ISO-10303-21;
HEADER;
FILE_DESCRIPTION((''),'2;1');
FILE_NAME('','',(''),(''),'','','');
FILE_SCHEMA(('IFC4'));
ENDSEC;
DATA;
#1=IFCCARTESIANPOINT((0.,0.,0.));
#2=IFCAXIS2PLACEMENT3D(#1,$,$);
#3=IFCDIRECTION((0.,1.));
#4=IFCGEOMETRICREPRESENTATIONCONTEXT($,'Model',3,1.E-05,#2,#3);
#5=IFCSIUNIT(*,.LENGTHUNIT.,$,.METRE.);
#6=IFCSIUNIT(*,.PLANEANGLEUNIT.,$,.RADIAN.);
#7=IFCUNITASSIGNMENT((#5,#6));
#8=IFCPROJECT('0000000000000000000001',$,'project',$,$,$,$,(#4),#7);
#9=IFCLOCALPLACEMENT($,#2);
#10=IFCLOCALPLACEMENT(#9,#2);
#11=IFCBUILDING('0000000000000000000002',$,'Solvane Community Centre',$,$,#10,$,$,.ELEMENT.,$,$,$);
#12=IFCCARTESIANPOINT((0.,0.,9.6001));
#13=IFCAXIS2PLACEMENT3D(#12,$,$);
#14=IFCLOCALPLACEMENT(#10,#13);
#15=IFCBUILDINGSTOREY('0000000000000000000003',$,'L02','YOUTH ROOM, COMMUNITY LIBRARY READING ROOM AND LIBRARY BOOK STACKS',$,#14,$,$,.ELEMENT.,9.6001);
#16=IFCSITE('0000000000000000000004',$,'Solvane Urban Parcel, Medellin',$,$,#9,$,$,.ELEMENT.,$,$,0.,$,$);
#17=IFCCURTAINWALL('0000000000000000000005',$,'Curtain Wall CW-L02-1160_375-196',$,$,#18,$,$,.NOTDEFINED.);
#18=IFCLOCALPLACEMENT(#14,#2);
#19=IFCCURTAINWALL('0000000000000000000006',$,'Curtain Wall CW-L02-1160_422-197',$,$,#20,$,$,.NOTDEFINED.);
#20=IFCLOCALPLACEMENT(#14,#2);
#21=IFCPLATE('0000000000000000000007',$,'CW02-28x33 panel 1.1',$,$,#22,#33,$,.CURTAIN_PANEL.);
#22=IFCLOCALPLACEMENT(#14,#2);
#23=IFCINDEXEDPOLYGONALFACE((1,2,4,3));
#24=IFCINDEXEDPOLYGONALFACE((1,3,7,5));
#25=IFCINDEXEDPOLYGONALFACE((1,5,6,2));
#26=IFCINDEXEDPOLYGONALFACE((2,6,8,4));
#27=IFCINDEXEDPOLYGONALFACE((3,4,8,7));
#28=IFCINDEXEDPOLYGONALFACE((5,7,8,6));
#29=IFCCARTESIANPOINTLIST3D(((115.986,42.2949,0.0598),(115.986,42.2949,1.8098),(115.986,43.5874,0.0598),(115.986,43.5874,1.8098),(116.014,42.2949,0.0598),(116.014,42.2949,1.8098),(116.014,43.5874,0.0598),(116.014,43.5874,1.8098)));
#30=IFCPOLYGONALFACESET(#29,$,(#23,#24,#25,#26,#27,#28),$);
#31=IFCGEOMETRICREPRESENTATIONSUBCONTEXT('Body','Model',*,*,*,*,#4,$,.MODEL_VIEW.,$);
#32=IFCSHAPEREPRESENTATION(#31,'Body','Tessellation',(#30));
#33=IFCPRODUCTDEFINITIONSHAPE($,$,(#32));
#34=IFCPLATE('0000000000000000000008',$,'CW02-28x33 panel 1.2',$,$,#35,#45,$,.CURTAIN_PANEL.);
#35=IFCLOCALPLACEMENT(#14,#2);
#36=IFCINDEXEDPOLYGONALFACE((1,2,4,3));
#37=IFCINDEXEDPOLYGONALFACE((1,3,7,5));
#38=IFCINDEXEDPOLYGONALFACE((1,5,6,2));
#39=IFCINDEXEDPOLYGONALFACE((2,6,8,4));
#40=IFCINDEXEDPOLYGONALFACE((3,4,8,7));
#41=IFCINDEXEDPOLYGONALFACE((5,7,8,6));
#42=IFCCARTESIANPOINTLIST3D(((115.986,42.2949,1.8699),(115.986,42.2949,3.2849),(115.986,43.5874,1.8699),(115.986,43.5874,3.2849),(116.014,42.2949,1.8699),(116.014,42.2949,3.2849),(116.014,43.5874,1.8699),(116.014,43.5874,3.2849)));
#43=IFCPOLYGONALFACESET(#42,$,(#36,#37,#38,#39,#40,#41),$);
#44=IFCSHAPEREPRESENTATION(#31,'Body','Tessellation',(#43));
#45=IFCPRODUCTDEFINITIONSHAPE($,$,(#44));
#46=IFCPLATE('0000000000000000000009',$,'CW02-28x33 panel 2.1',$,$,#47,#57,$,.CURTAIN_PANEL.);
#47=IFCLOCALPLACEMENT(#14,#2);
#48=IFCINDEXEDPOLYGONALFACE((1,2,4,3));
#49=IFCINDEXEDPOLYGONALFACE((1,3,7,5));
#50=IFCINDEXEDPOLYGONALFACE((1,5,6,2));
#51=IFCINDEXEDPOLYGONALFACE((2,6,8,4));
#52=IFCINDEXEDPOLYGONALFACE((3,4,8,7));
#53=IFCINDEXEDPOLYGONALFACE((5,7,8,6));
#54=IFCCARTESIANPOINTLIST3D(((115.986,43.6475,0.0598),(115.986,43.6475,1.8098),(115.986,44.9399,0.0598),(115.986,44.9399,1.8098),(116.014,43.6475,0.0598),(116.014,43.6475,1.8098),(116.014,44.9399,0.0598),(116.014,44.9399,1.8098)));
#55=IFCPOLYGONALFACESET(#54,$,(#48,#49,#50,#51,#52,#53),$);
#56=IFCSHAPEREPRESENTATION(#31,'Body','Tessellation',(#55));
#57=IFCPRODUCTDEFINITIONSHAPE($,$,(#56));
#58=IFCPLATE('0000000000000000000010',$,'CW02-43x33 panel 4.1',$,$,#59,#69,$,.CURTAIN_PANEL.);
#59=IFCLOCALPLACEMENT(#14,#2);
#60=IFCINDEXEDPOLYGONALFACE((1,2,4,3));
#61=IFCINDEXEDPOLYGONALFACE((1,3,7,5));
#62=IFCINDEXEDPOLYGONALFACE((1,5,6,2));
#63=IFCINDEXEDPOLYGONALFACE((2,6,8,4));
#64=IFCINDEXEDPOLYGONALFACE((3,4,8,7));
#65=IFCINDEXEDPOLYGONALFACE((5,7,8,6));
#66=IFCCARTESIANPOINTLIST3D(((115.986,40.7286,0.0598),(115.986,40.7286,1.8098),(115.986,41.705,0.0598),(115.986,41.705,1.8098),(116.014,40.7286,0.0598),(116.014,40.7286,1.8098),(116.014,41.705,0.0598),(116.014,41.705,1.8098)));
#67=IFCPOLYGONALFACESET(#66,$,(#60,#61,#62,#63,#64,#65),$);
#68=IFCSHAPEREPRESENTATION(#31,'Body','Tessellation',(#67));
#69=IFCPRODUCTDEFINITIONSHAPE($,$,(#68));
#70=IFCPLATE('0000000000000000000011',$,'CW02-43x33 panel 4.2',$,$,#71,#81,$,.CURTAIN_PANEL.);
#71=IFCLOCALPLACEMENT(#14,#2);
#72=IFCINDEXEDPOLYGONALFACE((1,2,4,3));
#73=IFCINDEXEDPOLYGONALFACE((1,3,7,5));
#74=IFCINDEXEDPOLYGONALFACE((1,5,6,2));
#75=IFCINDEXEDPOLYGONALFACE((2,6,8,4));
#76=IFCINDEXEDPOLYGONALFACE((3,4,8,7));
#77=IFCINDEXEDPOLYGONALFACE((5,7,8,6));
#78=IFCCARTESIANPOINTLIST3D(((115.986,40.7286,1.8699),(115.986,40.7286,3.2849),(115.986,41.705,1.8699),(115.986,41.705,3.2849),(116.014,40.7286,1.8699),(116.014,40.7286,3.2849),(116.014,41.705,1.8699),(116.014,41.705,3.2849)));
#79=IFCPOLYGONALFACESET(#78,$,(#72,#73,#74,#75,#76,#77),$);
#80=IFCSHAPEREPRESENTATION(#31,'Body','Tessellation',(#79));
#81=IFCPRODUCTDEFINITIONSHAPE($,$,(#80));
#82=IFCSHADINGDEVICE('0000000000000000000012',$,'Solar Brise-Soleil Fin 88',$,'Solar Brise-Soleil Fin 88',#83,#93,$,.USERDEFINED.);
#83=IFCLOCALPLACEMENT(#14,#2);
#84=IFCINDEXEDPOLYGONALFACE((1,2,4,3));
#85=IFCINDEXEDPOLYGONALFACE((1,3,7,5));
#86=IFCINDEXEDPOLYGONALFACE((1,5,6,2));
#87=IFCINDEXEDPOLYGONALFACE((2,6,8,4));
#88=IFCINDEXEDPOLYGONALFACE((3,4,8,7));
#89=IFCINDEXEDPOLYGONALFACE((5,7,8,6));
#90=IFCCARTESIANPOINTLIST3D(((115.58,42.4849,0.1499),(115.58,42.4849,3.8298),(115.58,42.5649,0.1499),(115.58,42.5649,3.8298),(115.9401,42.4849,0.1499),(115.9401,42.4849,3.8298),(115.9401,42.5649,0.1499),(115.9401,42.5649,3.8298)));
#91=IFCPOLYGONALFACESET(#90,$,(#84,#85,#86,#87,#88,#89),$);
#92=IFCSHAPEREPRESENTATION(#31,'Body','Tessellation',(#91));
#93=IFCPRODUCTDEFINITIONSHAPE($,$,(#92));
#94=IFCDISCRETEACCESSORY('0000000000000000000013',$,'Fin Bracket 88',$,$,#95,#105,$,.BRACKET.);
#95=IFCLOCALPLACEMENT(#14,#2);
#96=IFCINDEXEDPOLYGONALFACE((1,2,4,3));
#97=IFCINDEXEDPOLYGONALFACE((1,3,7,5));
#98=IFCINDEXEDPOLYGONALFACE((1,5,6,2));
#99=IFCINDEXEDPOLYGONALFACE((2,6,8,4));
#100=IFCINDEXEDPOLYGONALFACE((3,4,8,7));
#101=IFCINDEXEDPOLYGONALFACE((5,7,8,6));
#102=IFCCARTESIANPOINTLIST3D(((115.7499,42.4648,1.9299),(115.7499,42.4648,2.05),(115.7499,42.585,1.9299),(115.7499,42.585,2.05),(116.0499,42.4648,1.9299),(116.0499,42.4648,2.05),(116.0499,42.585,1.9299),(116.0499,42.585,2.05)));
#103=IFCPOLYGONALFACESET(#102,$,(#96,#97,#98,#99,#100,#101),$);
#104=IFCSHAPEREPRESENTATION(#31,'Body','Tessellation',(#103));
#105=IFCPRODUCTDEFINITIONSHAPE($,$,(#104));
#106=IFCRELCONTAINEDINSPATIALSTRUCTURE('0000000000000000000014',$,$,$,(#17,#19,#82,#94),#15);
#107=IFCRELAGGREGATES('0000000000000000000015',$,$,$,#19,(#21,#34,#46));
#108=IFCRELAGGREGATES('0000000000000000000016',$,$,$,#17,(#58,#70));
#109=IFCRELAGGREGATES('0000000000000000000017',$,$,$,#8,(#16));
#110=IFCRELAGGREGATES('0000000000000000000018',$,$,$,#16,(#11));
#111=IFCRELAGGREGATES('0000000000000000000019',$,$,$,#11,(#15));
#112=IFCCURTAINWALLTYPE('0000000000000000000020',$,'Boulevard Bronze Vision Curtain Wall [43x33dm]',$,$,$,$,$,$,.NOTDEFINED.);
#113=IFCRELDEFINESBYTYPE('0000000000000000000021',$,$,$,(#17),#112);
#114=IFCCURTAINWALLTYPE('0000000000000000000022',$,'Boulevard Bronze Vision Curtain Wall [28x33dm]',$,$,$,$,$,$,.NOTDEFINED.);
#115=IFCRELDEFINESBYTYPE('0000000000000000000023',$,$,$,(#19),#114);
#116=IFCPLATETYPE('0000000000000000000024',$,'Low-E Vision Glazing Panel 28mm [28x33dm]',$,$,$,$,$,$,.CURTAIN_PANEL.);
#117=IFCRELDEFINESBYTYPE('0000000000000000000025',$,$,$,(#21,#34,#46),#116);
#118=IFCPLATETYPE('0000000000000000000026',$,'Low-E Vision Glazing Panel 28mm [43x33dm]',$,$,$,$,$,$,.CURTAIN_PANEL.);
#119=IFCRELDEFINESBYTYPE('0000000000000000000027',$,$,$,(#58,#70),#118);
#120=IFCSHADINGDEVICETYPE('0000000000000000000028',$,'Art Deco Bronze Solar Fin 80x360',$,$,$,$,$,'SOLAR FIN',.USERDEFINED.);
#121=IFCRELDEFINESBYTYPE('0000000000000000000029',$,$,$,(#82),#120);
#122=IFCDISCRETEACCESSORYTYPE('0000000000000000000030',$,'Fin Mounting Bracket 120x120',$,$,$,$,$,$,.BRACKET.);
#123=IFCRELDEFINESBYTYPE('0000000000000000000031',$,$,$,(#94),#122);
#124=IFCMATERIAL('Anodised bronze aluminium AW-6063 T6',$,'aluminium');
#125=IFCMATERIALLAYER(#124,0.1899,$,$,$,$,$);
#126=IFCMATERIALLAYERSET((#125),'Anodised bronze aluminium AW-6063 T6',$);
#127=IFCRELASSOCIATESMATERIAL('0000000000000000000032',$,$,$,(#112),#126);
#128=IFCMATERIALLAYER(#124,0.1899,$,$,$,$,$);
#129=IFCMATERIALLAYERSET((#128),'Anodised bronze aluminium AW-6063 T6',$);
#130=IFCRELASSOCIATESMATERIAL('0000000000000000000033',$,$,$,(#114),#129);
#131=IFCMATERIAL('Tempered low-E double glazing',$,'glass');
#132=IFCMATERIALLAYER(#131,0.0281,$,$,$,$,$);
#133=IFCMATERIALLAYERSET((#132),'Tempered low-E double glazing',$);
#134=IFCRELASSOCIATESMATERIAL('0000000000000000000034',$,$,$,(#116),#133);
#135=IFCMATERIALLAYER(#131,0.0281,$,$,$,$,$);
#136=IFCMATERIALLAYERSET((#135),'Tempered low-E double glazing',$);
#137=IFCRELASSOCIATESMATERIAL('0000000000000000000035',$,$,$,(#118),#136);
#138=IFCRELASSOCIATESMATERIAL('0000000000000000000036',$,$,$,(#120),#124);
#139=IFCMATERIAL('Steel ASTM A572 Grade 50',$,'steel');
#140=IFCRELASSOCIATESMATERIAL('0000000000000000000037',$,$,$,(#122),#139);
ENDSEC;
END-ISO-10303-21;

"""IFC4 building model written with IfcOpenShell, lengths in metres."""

from ifc_helpers import new_model, si_unit, direction, frame, origin, origin_2d, place, context, subcontext, project, spatial, rectangle, extrude, material, layer, layer_set, type_object, element, aggregate, save


model = new_model("IFC4")

# Units and contexts
model_context = context("Model", 3, precision=1e-05, world=origin(), true_north=direction((0.0, 1.0)))
body_context = subcontext(model_context, "Body", "Model", "MODEL_VIEW")
ifc_project = project(units=[si_unit("LENGTHUNIT", "METRE"), si_unit("PLANEANGLEUNIT", "RADIAN")], contexts=[model_context])

# Site, building, storey
site_placement = place(None, origin())
site = spatial("IfcSite", under=ifc_project, at=site_placement, Name="Solvane Urban Parcel, Medellin", CompositionType="ELEMENT", RefElevation=0.0)
building_placement = place(site_placement, origin())
building = spatial("IfcBuilding", under=site, at=building_placement, Name="Solvane Community Centre", CompositionType="ELEMENT")
storey_placement = place(building_placement, frame((0.0, 0.0, 9.6001)))
storey = spatial("IfcBuildingStorey", under=building, at=storey_placement, Name="L02", Description="YOUTH ROOM, COMMUNITY LIBRARY READING ROOM AND LIBRARY BOOK STACKS", CompositionType="ELEMENT", Elevation=9.6001)

# Curtain wall
ifc_material_1 = material(Name="Anodised bronze aluminium AW-6063 T6", Category="aluminium")
ifc_layer_1 = layer(ifc_material_1, 0.1899)
ifc_layer_set_1 = layer_set([ifc_layer_1], Name="Anodised bronze aluminium AW-6063 T6")
curtain_wall_type_1 = type_object("IfcCurtainWallType", Name="Boulevard Bronze Vision Curtain Wall [43x33dm]", PredefinedType="NOTDEFINED", material=ifc_layer_set_1)
curtain_wall_1_placement = place(storey_placement, origin())
curtain_wall_1 = element("IfcCurtainWall", 1, at=curtain_wall_1_placement, inside=storey, type_object=curtain_wall_type_1, Name="Curtain Wall CW-L02-1160_375-196", PredefinedType="NOTDEFINED")

# Curtain wall
ifc_layer_2 = layer(ifc_material_1, 0.1899)
ifc_layer_set_2 = layer_set([ifc_layer_2], Name="Anodised bronze aluminium AW-6063 T6")
curtain_wall_type_2 = type_object("IfcCurtainWallType", Name="Boulevard Bronze Vision Curtain Wall [28x33dm]", PredefinedType="NOTDEFINED", material=ifc_layer_set_2)
curtain_wall_2_placement = place(storey_placement, origin())
curtain_wall_2 = element("IfcCurtainWall", 2, at=curtain_wall_2_placement, inside=storey, type_object=curtain_wall_type_2, Name="Curtain Wall CW-L02-1160_422-197", PredefinedType="NOTDEFINED")

# Plates
ifc_material_2 = material(Name="Tempered low-E double glazing", Category="glass")
ifc_layer_3 = layer(ifc_material_2, 0.0281)
ifc_layer_set_3 = layer_set([ifc_layer_3], Name="Tempered low-E double glazing")
plate_type_1 = type_object("IfcPlateType", Name="Low-E Vision Glazing Panel 28mm [28x33dm]", PredefinedType="CURTAIN_PANEL", material=ifc_layer_set_3)
plate_1_placement = place(storey_placement, frame((116.0, 42.9412, 0.0598), z_axis=(0.0, 0.0, 1.0), x_axis=(0.0, 1.0, 0.0)))
plate_1 = element("IfcPlate", 3, at=plate_1_placement, type_object=plate_type_1, Name="CW02-28x33 panel 1.1", PredefinedType="CURTAIN_PANEL", context=body_context, shape_type="SweptSolid", body=[
    extrude(rectangle(XDim=1.2925, YDim=0.0281, at=origin_2d()), origin(), (0.0, 0.0, 1.0), 1.75),
])
plate_2_placement = place(storey_placement, frame((116.0, 42.9412, 1.8699), z_axis=(0.0, 0.0, 1.0), x_axis=(0.0, 1.0, 0.0)))
plate_2 = element("IfcPlate", 4, at=plate_2_placement, type_object=plate_type_1, Name="CW02-28x33 panel 1.2", PredefinedType="CURTAIN_PANEL", context=body_context, shape_type="SweptSolid", body=[
    extrude(rectangle(XDim=1.2925, YDim=0.0281, at=origin_2d()), origin(), (0.0, 0.0, 1.0), 1.415),
])
plate_3_placement = place(storey_placement, frame((116.0, 44.2937, 0.0598), z_axis=(0.0, 0.0, 1.0), x_axis=(0.0, 1.0, 0.0)))
plate_3 = element("IfcPlate", 5, at=plate_3_placement, type_object=plate_type_1, Name="CW02-28x33 panel 2.1", PredefinedType="CURTAIN_PANEL", context=body_context, shape_type="SweptSolid", body=[
    extrude(rectangle(XDim=1.2925, YDim=0.0281, at=origin_2d()), origin(), (0.0, 0.0, 1.0), 1.75),
])
aggregate(curtain_wall_2, [plate_1, plate_2, plate_3])
ifc_layer_4 = layer(ifc_material_2, 0.0281)
ifc_layer_set_4 = layer_set([ifc_layer_4], Name="Tempered low-E double glazing")
plate_type_2 = type_object("IfcPlateType", Name="Low-E Vision Glazing Panel 28mm [43x33dm]", PredefinedType="CURTAIN_PANEL", material=ifc_layer_set_4)
plate_4_placement = place(storey_placement, frame((116.0, 41.2168, 0.0598), z_axis=(0.0, 0.0, 1.0), x_axis=(0.0, 1.0, 0.0)))
plate_4 = element("IfcPlate", 6, at=plate_4_placement, type_object=plate_type_2, Name="CW02-43x33 panel 4.1", PredefinedType="CURTAIN_PANEL", context=body_context, shape_type="SweptSolid", body=[
    extrude(rectangle(XDim=0.9763, YDim=0.0281, at=origin_2d()), origin(), (0.0, 0.0, 1.0), 1.75),
])
plate_5_placement = place(storey_placement, frame((116.0, 41.2168, 1.8699), z_axis=(0.0, 0.0, 1.0), x_axis=(0.0, 1.0, 0.0)))
plate_5 = element("IfcPlate", 7, at=plate_5_placement, type_object=plate_type_2, Name="CW02-43x33 panel 4.2", PredefinedType="CURTAIN_PANEL", context=body_context, shape_type="SweptSolid", body=[
    extrude(rectangle(XDim=0.9763, YDim=0.0281, at=origin_2d()), origin(), (0.0, 0.0, 1.0), 1.415),
])
aggregate(curtain_wall_1, [plate_4, plate_5])

# Shading device
shading_device_type = type_object("IfcShadingDeviceType", Name="Art Deco Bronze Solar Fin 80x360", ElementType="SOLAR FIN", PredefinedType="USERDEFINED", material=ifc_material_1)
shading_device_placement = place(storey_placement, frame((115.76, 42.5249, 0.1499), z_axis=(0.0, 0.0, 1.0), x_axis=(0.0, 1.0, 0.0)))
element("IfcShadingDevice", 8, at=shading_device_placement, inside=storey, type_object=shading_device_type, Name="Solar Brise-Soleil Fin 88", ObjectType="Solar Brise-Soleil Fin 88", PredefinedType="USERDEFINED", context=body_context, shape_type="SweptSolid", body=[
    extrude(rectangle(XDim=0.0801, YDim=0.3601, at=origin_2d()), origin(), (0.0, 0.0, 1.0), 3.6799),
])

# Discrete accessory
ifc_material_3 = material(Name="Steel ASTM A572 Grade 50", Category="steel")
discrete_accessory_type = type_object("IfcDiscreteAccessoryType", Name="Fin Mounting Bracket 120x120", PredefinedType="BRACKET", material=ifc_material_3)
discrete_accessory_placement = place(storey_placement, frame((115.8999, 42.5249, 1.9299), z_axis=(0.0, 0.0, 1.0), x_axis=(0.0, 1.0, 0.0)))
element("IfcDiscreteAccessory", 9, at=discrete_accessory_placement, inside=storey, type_object=discrete_accessory_type, Name="Fin Bracket 88", PredefinedType="BRACKET", context=body_context, shape_type="SweptSolid", body=[
    extrude(rectangle(XDim=0.1201, YDim=0.3, at=origin_2d()), origin(), (0.0, 0.0, 1.0), 0.1201),
])

save(model, "model.ifc")
